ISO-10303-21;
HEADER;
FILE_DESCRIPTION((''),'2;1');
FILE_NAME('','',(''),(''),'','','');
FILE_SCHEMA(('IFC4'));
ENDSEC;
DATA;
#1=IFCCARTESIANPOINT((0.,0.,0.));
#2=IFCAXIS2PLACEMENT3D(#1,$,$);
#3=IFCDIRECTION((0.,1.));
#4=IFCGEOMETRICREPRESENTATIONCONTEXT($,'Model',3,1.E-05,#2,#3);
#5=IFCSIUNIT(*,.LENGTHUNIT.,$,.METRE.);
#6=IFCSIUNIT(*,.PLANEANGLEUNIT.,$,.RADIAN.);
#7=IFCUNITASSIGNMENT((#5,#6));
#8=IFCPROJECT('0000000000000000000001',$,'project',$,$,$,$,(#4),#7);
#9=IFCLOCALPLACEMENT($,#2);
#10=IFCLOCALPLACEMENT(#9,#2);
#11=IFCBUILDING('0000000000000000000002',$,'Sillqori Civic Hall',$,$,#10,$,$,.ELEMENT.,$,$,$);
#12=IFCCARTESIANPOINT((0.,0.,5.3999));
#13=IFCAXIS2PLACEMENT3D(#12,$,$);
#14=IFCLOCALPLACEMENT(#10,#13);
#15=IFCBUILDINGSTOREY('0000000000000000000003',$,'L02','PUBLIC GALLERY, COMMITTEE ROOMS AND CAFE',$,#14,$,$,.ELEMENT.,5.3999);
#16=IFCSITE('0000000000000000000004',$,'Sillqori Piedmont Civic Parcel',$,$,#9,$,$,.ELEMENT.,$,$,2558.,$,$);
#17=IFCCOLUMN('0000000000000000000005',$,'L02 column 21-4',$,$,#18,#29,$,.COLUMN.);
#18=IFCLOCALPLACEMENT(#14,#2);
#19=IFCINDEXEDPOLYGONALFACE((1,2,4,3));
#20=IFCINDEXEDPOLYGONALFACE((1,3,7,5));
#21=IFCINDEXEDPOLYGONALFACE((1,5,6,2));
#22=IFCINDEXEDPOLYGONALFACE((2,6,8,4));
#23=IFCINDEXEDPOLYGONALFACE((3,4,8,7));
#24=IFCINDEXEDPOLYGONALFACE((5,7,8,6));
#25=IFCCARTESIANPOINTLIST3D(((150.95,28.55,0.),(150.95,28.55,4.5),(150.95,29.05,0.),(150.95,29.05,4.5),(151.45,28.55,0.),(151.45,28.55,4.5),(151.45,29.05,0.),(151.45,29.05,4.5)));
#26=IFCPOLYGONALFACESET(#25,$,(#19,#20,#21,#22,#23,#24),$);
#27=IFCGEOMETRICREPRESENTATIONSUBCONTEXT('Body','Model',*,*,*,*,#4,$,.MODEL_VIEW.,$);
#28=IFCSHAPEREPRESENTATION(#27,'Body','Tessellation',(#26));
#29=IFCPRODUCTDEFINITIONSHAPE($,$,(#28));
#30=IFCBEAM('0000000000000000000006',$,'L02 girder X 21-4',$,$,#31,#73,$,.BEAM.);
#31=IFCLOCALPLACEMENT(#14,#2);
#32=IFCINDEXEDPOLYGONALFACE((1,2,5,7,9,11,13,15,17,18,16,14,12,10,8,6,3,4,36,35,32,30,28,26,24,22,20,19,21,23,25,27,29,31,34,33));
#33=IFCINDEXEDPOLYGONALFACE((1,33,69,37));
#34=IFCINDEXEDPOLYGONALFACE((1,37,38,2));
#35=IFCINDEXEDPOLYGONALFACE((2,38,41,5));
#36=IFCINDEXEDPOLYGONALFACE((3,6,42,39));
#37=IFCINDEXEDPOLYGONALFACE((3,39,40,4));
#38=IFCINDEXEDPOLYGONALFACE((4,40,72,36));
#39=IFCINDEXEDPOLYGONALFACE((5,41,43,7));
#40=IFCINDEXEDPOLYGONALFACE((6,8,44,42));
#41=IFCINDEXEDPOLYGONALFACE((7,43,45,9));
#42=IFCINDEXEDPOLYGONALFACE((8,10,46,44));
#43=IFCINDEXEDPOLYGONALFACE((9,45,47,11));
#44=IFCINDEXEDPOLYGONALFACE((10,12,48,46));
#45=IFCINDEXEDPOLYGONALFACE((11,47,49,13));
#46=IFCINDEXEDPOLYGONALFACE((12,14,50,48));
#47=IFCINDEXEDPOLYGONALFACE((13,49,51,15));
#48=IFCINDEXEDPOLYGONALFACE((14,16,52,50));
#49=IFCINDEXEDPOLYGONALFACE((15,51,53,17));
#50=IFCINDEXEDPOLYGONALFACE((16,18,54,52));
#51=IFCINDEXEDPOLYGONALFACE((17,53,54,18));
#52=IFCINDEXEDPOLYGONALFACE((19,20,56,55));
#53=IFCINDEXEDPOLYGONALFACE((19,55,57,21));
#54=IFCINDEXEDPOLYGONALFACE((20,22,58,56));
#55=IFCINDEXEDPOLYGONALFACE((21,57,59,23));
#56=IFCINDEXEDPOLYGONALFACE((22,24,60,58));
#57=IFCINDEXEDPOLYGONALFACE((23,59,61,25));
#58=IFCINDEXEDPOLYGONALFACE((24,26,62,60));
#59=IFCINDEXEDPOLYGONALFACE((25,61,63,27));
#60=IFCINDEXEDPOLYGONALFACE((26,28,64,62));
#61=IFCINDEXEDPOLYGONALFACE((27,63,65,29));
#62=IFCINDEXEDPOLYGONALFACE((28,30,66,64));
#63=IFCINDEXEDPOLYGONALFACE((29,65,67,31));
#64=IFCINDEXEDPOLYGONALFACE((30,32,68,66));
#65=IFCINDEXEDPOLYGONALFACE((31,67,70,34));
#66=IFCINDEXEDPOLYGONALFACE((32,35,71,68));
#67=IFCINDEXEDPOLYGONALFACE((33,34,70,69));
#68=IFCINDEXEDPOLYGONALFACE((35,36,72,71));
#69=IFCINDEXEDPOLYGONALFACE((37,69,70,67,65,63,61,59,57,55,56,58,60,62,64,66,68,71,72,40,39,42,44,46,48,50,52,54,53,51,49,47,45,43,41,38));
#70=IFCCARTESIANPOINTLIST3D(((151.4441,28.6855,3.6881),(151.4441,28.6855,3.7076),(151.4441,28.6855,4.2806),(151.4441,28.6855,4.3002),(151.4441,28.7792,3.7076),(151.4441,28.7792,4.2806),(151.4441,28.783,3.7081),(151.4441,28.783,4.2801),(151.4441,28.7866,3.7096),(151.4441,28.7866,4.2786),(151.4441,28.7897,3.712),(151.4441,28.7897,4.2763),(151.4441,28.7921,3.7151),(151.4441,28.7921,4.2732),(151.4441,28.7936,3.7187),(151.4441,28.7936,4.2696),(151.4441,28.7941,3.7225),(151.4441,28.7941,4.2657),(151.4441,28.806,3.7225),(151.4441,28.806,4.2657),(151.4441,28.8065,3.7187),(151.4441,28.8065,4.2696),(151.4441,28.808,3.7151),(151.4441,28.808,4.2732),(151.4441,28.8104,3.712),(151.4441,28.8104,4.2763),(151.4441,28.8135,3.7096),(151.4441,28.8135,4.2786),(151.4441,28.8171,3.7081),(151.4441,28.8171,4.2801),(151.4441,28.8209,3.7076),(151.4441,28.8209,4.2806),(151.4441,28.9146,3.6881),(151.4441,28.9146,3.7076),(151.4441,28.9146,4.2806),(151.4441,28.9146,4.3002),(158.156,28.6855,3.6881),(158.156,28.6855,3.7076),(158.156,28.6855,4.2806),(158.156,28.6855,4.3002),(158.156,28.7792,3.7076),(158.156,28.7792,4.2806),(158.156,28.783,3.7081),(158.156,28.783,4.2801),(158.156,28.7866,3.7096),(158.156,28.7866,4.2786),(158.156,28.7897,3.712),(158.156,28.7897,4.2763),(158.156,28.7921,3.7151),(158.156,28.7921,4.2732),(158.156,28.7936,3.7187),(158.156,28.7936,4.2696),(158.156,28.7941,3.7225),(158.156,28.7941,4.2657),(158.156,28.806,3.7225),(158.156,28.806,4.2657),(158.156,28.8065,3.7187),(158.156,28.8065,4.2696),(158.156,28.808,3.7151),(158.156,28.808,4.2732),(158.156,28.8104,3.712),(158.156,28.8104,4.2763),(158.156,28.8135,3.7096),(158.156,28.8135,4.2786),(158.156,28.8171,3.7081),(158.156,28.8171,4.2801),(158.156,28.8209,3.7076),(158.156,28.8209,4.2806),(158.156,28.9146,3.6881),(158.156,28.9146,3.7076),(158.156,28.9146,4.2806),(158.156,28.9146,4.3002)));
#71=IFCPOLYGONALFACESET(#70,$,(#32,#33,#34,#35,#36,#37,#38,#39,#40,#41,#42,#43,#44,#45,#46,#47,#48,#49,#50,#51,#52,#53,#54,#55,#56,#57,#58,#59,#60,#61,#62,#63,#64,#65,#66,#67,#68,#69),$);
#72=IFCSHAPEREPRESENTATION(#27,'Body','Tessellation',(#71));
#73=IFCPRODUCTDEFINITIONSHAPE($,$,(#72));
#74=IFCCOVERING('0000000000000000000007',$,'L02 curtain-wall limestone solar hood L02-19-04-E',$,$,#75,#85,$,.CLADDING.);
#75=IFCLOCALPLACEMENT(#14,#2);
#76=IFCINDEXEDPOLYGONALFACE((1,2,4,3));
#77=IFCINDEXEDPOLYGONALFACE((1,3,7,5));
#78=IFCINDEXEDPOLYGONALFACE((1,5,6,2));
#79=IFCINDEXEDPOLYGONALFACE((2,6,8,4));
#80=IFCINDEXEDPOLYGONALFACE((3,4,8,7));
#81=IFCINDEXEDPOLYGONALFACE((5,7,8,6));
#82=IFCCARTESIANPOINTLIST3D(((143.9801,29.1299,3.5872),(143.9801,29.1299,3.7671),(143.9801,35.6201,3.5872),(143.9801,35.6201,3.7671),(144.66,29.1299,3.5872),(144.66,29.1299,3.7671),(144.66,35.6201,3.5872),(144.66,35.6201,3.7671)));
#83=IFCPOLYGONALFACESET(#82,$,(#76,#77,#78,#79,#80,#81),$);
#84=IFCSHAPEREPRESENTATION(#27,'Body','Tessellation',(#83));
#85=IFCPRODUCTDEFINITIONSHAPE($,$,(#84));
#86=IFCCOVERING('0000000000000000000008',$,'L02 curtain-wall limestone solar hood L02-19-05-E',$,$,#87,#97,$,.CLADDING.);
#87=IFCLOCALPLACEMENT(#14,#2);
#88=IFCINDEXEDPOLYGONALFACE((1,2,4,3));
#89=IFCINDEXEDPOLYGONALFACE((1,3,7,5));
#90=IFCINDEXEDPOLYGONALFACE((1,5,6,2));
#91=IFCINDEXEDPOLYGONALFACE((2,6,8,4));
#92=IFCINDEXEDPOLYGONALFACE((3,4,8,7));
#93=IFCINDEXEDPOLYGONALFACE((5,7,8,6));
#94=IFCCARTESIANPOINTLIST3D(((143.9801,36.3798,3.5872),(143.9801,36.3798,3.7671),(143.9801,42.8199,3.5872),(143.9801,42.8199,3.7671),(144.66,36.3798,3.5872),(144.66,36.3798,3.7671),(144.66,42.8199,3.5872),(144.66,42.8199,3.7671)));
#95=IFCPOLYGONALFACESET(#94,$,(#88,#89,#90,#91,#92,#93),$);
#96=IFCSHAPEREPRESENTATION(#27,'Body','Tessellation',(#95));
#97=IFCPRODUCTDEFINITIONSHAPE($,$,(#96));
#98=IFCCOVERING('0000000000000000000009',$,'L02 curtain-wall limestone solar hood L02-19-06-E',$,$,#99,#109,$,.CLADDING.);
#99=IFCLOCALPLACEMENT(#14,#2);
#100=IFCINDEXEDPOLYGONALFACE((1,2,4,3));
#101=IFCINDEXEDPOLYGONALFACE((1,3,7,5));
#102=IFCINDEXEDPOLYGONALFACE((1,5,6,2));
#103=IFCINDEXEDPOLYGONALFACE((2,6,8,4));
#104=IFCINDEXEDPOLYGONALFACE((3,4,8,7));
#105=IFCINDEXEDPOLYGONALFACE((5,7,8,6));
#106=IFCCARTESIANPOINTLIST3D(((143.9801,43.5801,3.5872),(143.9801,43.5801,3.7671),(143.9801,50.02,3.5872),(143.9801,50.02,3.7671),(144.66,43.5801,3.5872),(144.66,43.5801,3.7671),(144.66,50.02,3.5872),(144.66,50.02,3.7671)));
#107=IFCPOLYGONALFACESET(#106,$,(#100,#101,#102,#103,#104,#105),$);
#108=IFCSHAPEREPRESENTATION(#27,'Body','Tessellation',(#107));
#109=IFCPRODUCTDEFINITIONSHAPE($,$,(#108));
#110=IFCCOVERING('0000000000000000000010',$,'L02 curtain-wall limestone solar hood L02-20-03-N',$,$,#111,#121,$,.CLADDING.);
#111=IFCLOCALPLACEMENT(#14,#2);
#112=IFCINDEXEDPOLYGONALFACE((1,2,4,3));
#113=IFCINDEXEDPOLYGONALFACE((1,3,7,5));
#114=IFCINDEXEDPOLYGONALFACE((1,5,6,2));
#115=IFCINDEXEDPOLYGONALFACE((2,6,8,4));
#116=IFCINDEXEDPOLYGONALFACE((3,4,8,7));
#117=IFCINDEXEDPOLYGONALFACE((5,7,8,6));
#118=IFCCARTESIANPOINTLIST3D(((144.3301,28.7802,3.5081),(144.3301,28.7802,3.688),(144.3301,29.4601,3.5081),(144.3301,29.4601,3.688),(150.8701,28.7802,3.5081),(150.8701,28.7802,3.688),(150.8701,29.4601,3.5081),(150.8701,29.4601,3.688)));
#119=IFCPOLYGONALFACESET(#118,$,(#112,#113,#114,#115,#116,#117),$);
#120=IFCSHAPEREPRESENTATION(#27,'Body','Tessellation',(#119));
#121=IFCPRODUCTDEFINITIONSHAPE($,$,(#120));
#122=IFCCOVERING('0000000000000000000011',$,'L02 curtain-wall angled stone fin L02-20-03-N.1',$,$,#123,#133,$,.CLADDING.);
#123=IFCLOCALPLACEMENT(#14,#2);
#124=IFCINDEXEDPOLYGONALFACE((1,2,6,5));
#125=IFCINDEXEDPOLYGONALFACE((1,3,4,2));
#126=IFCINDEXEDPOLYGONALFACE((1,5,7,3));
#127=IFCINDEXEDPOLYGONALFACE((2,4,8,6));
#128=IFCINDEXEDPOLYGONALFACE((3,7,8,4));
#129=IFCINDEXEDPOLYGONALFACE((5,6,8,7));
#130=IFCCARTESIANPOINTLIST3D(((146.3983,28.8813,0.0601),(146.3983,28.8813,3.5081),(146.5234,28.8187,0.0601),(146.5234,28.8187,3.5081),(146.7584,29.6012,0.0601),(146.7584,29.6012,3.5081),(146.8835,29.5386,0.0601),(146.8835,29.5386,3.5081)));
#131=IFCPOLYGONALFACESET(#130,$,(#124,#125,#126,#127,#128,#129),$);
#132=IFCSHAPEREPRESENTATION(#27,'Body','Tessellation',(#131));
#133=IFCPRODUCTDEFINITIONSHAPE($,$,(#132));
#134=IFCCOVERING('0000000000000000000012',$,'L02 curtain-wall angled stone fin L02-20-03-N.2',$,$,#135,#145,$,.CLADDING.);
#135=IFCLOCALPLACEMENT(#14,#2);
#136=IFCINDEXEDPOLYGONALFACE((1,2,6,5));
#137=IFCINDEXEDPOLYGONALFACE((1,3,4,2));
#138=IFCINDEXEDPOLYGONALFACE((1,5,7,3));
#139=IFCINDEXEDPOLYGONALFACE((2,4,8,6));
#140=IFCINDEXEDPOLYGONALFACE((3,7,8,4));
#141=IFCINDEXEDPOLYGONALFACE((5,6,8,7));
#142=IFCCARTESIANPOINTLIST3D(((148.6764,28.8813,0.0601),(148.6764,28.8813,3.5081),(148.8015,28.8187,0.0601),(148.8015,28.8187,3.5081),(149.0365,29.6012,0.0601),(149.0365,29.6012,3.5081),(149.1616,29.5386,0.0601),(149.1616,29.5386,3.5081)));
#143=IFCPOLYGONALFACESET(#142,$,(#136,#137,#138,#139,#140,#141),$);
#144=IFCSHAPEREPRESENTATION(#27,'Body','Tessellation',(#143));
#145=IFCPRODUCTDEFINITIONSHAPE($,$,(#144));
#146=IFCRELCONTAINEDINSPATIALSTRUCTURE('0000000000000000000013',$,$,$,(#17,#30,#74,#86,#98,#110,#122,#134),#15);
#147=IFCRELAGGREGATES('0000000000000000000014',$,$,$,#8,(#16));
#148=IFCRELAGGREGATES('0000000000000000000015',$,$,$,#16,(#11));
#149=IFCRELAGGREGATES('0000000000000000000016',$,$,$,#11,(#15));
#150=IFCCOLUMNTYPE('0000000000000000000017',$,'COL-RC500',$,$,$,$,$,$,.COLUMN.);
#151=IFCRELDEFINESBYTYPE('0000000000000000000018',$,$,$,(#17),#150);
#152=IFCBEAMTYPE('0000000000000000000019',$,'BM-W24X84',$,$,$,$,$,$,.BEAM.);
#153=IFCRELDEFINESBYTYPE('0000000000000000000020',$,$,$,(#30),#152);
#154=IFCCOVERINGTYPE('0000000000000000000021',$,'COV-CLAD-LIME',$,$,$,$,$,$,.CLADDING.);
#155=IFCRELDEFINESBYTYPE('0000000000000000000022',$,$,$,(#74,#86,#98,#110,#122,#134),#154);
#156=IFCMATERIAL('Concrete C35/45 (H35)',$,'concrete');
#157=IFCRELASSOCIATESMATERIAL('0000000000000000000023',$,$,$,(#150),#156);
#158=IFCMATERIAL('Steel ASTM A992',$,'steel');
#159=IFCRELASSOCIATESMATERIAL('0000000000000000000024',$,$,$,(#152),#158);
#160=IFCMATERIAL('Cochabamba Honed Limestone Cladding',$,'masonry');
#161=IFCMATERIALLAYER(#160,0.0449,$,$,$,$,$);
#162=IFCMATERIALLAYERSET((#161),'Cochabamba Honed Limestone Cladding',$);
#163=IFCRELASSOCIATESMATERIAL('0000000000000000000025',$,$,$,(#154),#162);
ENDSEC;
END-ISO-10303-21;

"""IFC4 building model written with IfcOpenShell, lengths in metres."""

from ifc_helpers import new_model, si_unit, direction, frame, frame_2d, origin, origin_2d, place, context, subcontext, project, spatial, rectangle, i_section, extrude, material, layer, layer_set, material_profile, profile_set, type_object, element, save


model = new_model("IFC4")

# Units and contexts
model_context = context("Model", 3, precision=1e-05, world=origin(), true_north=direction((0.0, 1.0)))
body_context = subcontext(model_context, "Body", "Model", "MODEL_VIEW")
ifc_project = project(units=[si_unit("LENGTHUNIT", "METRE"), si_unit("PLANEANGLEUNIT", "RADIAN")], contexts=[model_context])

# Site, building, storey
site_placement = place(None, origin())
site = spatial("IfcSite", under=ifc_project, at=site_placement, Name="Sillqori Piedmont Civic Parcel", CompositionType="ELEMENT", RefElevation=2558.0)
building_placement = place(site_placement, origin())
building = spatial("IfcBuilding", under=site, at=building_placement, Name="Sillqori Civic Hall", CompositionType="ELEMENT")
storey_placement = place(building_placement, frame((0.0, 0.0, 5.3999)))
storey = spatial("IfcBuildingStorey", under=building, at=storey_placement, Name="L02", Description="PUBLIC GALLERY, COMMITTEE ROOMS AND CAFE", CompositionType="ELEMENT", Elevation=5.3999)

# Column
ifc_material_1 = material(Name="Concrete C35/45 (H35)", Category="concrete")
ifc_material_profile_1 = material_profile(ifc_material_1, rectangle(XDim=0.5, YDim=0.5, at=origin_2d()), Name="RC 500x500")
ifc_profile_set_1 = profile_set([ifc_material_profile_1], Name="Concrete C35/45 (H35)")
column_type = type_object("IfcColumnType", Name="COL-RC500", PredefinedType="COLUMN", material=ifc_profile_set_1)
column_placement = place(storey_placement, frame((151.2, 28.8, 0.0), z_axis=(0.0, 0.0, 1.0), x_axis=(1.0, 0.0, 0.0)))
element("IfcColumn", 1, at=column_placement, inside=storey, type_object=column_type, Name="L02 column 21-4", PredefinedType="COLUMN", context=body_context, shape_type="SweptSolid", body=[
    extrude(rectangle(XDim=0.5, YDim=0.5, at=origin_2d()), origin(), (0.0, 0.0, 1.0), 4.5),
])

# Beam
ifc_material_2 = material(Name="Steel ASTM A992", Category="steel")
ifc_material_profile_2 = material_profile(ifc_material_2, i_section(OverallWidth=0.229, OverallDepth=0.6121, WebThickness=0.012, FlangeThickness=0.0195, FilletRadius=0.0149, at=origin_2d()), Name="W24X84")
ifc_profile_set_2 = profile_set([ifc_material_profile_2], Name="Steel ASTM A992")
beam_type = type_object("IfcBeamType", Name="BM-W24X84", PredefinedType="BEAM", material=ifc_profile_set_2)
beam_placement = place(storey_placement, frame((151.4441, 28.8, 3.9941), z_axis=(1.0, 0.0, 0.0), x_axis=(0.0, 1.0, 0.0)))
element("IfcBeam", 2, at=beam_placement, inside=storey, type_object=beam_type, Name="L02 girder X 21-4", PredefinedType="BEAM", context=body_context, shape_type="SweptSolid", body=[
    extrude(i_section(OverallWidth=0.229, OverallDepth=0.6121, WebThickness=0.012, FlangeThickness=0.0195, FilletRadius=0.0149, at=origin_2d()), origin(), (0.0, 0.0, 1.0), 6.7119),
])

# Coverings
ifc_material_3 = material(Name="Cochabamba Honed Limestone Cladding", Category="masonry")
ifc_layer_1 = layer(ifc_material_3, 0.0449)
ifc_layer_set_1 = layer_set([ifc_layer_1], Name="Cochabamba Honed Limestone Cladding")
covering_type = type_object("IfcCoveringType", Name="COV-CLAD-LIME", PredefinedType="CLADDING", material=ifc_layer_set_1)
covering_1_placement = place(storey_placement, frame((144.3201, 35.6201, 3.5872), z_axis=(0.0, 0.0, 1.0), x_axis=(0.0, -1.0, 0.0)))
element("IfcCovering", 3, at=covering_1_placement, inside=storey, type_object=covering_type, Name="L02 curtain-wall limestone solar hood L02-19-04-E", PredefinedType="CLADDING", context=body_context, shape_type="SweptSolid", body=[
    extrude(rectangle(XDim=6.4902, YDim=0.6799, at=frame_2d((3.2451, 0.0))), origin(), (0.0, 0.0, 1.0), 0.1799),
])
covering_2_placement = place(storey_placement, frame((144.3201, 42.8201, 3.5872), z_axis=(0.0, 0.0, 1.0), x_axis=(0.0, -1.0, 0.0)))
element("IfcCovering", 4, at=covering_2_placement, inside=storey, type_object=covering_type, Name="L02 curtain-wall limestone solar hood L02-19-05-E", PredefinedType="CLADDING", context=body_context, shape_type="SweptSolid", body=[
    extrude(rectangle(XDim=6.4402, YDim=0.6799, at=frame_2d((3.2202, 0.0))), origin(), (0.0, 0.0, 1.0), 0.1799),
])
covering_3_placement = place(storey_placement, frame((144.3201, 50.02, 3.5872), z_axis=(0.0, 0.0, 1.0), x_axis=(0.0, -1.0, 0.0)))
element("IfcCovering", 5, at=covering_3_placement, inside=storey, type_object=covering_type, Name="L02 curtain-wall limestone solar hood L02-19-06-E", PredefinedType="CLADDING", context=body_context, shape_type="SweptSolid", body=[
    extrude(rectangle(XDim=6.4399, YDim=0.6799, at=frame_2d((3.22, 0.0))), origin(), (0.0, 0.0, 1.0), 0.1799),
])
covering_4_placement = place(storey_placement, frame((144.3301, 29.1201, 3.5081), z_axis=(0.0, 0.0, 1.0), x_axis=(1.0, 0.0, 0.0)))
element("IfcCovering", 6, at=covering_4_placement, inside=storey, type_object=covering_type, Name="L02 curtain-wall limestone solar hood L02-20-03-N", PredefinedType="CLADDING", context=body_context, shape_type="SweptSolid", body=[
    extrude(rectangle(XDim=6.54, YDim=0.6799, at=frame_2d((3.27, 0.0))), origin(), (0.0, 0.0, 1.0), 0.1799),
])
for number, where, z_axis, x_axis, name in (
    (7, (146.4609, 28.8501, 0.0601), (0.0, 0.0, 1.0), (0.447335, 0.894367, 0.0), "L02 curtain-wall angled stone fin L02-20-03-N.1"),
    (8, (148.739, 28.8501, 0.0601), (0.0, 0.0, 1.0), (0.447335, 0.894367, 0.0), "L02 curtain-wall angled stone fin L02-20-03-N.2"),
):
    element("IfcCovering", number, at=place(storey_placement, frame(where, z_axis=z_axis, x_axis=x_axis)), inside=storey, type_object=covering_type, Name=name, PredefinedType="CLADDING", context=body_context, shape_type="SweptSolid", body=[
        extrude(rectangle(XDim=0.8049, YDim=0.1399, at=frame_2d((0.4023, 0.0))), origin(), (0.0, 0.0, 1.0), 3.448),
    ])

save(model, "model.ifc")
